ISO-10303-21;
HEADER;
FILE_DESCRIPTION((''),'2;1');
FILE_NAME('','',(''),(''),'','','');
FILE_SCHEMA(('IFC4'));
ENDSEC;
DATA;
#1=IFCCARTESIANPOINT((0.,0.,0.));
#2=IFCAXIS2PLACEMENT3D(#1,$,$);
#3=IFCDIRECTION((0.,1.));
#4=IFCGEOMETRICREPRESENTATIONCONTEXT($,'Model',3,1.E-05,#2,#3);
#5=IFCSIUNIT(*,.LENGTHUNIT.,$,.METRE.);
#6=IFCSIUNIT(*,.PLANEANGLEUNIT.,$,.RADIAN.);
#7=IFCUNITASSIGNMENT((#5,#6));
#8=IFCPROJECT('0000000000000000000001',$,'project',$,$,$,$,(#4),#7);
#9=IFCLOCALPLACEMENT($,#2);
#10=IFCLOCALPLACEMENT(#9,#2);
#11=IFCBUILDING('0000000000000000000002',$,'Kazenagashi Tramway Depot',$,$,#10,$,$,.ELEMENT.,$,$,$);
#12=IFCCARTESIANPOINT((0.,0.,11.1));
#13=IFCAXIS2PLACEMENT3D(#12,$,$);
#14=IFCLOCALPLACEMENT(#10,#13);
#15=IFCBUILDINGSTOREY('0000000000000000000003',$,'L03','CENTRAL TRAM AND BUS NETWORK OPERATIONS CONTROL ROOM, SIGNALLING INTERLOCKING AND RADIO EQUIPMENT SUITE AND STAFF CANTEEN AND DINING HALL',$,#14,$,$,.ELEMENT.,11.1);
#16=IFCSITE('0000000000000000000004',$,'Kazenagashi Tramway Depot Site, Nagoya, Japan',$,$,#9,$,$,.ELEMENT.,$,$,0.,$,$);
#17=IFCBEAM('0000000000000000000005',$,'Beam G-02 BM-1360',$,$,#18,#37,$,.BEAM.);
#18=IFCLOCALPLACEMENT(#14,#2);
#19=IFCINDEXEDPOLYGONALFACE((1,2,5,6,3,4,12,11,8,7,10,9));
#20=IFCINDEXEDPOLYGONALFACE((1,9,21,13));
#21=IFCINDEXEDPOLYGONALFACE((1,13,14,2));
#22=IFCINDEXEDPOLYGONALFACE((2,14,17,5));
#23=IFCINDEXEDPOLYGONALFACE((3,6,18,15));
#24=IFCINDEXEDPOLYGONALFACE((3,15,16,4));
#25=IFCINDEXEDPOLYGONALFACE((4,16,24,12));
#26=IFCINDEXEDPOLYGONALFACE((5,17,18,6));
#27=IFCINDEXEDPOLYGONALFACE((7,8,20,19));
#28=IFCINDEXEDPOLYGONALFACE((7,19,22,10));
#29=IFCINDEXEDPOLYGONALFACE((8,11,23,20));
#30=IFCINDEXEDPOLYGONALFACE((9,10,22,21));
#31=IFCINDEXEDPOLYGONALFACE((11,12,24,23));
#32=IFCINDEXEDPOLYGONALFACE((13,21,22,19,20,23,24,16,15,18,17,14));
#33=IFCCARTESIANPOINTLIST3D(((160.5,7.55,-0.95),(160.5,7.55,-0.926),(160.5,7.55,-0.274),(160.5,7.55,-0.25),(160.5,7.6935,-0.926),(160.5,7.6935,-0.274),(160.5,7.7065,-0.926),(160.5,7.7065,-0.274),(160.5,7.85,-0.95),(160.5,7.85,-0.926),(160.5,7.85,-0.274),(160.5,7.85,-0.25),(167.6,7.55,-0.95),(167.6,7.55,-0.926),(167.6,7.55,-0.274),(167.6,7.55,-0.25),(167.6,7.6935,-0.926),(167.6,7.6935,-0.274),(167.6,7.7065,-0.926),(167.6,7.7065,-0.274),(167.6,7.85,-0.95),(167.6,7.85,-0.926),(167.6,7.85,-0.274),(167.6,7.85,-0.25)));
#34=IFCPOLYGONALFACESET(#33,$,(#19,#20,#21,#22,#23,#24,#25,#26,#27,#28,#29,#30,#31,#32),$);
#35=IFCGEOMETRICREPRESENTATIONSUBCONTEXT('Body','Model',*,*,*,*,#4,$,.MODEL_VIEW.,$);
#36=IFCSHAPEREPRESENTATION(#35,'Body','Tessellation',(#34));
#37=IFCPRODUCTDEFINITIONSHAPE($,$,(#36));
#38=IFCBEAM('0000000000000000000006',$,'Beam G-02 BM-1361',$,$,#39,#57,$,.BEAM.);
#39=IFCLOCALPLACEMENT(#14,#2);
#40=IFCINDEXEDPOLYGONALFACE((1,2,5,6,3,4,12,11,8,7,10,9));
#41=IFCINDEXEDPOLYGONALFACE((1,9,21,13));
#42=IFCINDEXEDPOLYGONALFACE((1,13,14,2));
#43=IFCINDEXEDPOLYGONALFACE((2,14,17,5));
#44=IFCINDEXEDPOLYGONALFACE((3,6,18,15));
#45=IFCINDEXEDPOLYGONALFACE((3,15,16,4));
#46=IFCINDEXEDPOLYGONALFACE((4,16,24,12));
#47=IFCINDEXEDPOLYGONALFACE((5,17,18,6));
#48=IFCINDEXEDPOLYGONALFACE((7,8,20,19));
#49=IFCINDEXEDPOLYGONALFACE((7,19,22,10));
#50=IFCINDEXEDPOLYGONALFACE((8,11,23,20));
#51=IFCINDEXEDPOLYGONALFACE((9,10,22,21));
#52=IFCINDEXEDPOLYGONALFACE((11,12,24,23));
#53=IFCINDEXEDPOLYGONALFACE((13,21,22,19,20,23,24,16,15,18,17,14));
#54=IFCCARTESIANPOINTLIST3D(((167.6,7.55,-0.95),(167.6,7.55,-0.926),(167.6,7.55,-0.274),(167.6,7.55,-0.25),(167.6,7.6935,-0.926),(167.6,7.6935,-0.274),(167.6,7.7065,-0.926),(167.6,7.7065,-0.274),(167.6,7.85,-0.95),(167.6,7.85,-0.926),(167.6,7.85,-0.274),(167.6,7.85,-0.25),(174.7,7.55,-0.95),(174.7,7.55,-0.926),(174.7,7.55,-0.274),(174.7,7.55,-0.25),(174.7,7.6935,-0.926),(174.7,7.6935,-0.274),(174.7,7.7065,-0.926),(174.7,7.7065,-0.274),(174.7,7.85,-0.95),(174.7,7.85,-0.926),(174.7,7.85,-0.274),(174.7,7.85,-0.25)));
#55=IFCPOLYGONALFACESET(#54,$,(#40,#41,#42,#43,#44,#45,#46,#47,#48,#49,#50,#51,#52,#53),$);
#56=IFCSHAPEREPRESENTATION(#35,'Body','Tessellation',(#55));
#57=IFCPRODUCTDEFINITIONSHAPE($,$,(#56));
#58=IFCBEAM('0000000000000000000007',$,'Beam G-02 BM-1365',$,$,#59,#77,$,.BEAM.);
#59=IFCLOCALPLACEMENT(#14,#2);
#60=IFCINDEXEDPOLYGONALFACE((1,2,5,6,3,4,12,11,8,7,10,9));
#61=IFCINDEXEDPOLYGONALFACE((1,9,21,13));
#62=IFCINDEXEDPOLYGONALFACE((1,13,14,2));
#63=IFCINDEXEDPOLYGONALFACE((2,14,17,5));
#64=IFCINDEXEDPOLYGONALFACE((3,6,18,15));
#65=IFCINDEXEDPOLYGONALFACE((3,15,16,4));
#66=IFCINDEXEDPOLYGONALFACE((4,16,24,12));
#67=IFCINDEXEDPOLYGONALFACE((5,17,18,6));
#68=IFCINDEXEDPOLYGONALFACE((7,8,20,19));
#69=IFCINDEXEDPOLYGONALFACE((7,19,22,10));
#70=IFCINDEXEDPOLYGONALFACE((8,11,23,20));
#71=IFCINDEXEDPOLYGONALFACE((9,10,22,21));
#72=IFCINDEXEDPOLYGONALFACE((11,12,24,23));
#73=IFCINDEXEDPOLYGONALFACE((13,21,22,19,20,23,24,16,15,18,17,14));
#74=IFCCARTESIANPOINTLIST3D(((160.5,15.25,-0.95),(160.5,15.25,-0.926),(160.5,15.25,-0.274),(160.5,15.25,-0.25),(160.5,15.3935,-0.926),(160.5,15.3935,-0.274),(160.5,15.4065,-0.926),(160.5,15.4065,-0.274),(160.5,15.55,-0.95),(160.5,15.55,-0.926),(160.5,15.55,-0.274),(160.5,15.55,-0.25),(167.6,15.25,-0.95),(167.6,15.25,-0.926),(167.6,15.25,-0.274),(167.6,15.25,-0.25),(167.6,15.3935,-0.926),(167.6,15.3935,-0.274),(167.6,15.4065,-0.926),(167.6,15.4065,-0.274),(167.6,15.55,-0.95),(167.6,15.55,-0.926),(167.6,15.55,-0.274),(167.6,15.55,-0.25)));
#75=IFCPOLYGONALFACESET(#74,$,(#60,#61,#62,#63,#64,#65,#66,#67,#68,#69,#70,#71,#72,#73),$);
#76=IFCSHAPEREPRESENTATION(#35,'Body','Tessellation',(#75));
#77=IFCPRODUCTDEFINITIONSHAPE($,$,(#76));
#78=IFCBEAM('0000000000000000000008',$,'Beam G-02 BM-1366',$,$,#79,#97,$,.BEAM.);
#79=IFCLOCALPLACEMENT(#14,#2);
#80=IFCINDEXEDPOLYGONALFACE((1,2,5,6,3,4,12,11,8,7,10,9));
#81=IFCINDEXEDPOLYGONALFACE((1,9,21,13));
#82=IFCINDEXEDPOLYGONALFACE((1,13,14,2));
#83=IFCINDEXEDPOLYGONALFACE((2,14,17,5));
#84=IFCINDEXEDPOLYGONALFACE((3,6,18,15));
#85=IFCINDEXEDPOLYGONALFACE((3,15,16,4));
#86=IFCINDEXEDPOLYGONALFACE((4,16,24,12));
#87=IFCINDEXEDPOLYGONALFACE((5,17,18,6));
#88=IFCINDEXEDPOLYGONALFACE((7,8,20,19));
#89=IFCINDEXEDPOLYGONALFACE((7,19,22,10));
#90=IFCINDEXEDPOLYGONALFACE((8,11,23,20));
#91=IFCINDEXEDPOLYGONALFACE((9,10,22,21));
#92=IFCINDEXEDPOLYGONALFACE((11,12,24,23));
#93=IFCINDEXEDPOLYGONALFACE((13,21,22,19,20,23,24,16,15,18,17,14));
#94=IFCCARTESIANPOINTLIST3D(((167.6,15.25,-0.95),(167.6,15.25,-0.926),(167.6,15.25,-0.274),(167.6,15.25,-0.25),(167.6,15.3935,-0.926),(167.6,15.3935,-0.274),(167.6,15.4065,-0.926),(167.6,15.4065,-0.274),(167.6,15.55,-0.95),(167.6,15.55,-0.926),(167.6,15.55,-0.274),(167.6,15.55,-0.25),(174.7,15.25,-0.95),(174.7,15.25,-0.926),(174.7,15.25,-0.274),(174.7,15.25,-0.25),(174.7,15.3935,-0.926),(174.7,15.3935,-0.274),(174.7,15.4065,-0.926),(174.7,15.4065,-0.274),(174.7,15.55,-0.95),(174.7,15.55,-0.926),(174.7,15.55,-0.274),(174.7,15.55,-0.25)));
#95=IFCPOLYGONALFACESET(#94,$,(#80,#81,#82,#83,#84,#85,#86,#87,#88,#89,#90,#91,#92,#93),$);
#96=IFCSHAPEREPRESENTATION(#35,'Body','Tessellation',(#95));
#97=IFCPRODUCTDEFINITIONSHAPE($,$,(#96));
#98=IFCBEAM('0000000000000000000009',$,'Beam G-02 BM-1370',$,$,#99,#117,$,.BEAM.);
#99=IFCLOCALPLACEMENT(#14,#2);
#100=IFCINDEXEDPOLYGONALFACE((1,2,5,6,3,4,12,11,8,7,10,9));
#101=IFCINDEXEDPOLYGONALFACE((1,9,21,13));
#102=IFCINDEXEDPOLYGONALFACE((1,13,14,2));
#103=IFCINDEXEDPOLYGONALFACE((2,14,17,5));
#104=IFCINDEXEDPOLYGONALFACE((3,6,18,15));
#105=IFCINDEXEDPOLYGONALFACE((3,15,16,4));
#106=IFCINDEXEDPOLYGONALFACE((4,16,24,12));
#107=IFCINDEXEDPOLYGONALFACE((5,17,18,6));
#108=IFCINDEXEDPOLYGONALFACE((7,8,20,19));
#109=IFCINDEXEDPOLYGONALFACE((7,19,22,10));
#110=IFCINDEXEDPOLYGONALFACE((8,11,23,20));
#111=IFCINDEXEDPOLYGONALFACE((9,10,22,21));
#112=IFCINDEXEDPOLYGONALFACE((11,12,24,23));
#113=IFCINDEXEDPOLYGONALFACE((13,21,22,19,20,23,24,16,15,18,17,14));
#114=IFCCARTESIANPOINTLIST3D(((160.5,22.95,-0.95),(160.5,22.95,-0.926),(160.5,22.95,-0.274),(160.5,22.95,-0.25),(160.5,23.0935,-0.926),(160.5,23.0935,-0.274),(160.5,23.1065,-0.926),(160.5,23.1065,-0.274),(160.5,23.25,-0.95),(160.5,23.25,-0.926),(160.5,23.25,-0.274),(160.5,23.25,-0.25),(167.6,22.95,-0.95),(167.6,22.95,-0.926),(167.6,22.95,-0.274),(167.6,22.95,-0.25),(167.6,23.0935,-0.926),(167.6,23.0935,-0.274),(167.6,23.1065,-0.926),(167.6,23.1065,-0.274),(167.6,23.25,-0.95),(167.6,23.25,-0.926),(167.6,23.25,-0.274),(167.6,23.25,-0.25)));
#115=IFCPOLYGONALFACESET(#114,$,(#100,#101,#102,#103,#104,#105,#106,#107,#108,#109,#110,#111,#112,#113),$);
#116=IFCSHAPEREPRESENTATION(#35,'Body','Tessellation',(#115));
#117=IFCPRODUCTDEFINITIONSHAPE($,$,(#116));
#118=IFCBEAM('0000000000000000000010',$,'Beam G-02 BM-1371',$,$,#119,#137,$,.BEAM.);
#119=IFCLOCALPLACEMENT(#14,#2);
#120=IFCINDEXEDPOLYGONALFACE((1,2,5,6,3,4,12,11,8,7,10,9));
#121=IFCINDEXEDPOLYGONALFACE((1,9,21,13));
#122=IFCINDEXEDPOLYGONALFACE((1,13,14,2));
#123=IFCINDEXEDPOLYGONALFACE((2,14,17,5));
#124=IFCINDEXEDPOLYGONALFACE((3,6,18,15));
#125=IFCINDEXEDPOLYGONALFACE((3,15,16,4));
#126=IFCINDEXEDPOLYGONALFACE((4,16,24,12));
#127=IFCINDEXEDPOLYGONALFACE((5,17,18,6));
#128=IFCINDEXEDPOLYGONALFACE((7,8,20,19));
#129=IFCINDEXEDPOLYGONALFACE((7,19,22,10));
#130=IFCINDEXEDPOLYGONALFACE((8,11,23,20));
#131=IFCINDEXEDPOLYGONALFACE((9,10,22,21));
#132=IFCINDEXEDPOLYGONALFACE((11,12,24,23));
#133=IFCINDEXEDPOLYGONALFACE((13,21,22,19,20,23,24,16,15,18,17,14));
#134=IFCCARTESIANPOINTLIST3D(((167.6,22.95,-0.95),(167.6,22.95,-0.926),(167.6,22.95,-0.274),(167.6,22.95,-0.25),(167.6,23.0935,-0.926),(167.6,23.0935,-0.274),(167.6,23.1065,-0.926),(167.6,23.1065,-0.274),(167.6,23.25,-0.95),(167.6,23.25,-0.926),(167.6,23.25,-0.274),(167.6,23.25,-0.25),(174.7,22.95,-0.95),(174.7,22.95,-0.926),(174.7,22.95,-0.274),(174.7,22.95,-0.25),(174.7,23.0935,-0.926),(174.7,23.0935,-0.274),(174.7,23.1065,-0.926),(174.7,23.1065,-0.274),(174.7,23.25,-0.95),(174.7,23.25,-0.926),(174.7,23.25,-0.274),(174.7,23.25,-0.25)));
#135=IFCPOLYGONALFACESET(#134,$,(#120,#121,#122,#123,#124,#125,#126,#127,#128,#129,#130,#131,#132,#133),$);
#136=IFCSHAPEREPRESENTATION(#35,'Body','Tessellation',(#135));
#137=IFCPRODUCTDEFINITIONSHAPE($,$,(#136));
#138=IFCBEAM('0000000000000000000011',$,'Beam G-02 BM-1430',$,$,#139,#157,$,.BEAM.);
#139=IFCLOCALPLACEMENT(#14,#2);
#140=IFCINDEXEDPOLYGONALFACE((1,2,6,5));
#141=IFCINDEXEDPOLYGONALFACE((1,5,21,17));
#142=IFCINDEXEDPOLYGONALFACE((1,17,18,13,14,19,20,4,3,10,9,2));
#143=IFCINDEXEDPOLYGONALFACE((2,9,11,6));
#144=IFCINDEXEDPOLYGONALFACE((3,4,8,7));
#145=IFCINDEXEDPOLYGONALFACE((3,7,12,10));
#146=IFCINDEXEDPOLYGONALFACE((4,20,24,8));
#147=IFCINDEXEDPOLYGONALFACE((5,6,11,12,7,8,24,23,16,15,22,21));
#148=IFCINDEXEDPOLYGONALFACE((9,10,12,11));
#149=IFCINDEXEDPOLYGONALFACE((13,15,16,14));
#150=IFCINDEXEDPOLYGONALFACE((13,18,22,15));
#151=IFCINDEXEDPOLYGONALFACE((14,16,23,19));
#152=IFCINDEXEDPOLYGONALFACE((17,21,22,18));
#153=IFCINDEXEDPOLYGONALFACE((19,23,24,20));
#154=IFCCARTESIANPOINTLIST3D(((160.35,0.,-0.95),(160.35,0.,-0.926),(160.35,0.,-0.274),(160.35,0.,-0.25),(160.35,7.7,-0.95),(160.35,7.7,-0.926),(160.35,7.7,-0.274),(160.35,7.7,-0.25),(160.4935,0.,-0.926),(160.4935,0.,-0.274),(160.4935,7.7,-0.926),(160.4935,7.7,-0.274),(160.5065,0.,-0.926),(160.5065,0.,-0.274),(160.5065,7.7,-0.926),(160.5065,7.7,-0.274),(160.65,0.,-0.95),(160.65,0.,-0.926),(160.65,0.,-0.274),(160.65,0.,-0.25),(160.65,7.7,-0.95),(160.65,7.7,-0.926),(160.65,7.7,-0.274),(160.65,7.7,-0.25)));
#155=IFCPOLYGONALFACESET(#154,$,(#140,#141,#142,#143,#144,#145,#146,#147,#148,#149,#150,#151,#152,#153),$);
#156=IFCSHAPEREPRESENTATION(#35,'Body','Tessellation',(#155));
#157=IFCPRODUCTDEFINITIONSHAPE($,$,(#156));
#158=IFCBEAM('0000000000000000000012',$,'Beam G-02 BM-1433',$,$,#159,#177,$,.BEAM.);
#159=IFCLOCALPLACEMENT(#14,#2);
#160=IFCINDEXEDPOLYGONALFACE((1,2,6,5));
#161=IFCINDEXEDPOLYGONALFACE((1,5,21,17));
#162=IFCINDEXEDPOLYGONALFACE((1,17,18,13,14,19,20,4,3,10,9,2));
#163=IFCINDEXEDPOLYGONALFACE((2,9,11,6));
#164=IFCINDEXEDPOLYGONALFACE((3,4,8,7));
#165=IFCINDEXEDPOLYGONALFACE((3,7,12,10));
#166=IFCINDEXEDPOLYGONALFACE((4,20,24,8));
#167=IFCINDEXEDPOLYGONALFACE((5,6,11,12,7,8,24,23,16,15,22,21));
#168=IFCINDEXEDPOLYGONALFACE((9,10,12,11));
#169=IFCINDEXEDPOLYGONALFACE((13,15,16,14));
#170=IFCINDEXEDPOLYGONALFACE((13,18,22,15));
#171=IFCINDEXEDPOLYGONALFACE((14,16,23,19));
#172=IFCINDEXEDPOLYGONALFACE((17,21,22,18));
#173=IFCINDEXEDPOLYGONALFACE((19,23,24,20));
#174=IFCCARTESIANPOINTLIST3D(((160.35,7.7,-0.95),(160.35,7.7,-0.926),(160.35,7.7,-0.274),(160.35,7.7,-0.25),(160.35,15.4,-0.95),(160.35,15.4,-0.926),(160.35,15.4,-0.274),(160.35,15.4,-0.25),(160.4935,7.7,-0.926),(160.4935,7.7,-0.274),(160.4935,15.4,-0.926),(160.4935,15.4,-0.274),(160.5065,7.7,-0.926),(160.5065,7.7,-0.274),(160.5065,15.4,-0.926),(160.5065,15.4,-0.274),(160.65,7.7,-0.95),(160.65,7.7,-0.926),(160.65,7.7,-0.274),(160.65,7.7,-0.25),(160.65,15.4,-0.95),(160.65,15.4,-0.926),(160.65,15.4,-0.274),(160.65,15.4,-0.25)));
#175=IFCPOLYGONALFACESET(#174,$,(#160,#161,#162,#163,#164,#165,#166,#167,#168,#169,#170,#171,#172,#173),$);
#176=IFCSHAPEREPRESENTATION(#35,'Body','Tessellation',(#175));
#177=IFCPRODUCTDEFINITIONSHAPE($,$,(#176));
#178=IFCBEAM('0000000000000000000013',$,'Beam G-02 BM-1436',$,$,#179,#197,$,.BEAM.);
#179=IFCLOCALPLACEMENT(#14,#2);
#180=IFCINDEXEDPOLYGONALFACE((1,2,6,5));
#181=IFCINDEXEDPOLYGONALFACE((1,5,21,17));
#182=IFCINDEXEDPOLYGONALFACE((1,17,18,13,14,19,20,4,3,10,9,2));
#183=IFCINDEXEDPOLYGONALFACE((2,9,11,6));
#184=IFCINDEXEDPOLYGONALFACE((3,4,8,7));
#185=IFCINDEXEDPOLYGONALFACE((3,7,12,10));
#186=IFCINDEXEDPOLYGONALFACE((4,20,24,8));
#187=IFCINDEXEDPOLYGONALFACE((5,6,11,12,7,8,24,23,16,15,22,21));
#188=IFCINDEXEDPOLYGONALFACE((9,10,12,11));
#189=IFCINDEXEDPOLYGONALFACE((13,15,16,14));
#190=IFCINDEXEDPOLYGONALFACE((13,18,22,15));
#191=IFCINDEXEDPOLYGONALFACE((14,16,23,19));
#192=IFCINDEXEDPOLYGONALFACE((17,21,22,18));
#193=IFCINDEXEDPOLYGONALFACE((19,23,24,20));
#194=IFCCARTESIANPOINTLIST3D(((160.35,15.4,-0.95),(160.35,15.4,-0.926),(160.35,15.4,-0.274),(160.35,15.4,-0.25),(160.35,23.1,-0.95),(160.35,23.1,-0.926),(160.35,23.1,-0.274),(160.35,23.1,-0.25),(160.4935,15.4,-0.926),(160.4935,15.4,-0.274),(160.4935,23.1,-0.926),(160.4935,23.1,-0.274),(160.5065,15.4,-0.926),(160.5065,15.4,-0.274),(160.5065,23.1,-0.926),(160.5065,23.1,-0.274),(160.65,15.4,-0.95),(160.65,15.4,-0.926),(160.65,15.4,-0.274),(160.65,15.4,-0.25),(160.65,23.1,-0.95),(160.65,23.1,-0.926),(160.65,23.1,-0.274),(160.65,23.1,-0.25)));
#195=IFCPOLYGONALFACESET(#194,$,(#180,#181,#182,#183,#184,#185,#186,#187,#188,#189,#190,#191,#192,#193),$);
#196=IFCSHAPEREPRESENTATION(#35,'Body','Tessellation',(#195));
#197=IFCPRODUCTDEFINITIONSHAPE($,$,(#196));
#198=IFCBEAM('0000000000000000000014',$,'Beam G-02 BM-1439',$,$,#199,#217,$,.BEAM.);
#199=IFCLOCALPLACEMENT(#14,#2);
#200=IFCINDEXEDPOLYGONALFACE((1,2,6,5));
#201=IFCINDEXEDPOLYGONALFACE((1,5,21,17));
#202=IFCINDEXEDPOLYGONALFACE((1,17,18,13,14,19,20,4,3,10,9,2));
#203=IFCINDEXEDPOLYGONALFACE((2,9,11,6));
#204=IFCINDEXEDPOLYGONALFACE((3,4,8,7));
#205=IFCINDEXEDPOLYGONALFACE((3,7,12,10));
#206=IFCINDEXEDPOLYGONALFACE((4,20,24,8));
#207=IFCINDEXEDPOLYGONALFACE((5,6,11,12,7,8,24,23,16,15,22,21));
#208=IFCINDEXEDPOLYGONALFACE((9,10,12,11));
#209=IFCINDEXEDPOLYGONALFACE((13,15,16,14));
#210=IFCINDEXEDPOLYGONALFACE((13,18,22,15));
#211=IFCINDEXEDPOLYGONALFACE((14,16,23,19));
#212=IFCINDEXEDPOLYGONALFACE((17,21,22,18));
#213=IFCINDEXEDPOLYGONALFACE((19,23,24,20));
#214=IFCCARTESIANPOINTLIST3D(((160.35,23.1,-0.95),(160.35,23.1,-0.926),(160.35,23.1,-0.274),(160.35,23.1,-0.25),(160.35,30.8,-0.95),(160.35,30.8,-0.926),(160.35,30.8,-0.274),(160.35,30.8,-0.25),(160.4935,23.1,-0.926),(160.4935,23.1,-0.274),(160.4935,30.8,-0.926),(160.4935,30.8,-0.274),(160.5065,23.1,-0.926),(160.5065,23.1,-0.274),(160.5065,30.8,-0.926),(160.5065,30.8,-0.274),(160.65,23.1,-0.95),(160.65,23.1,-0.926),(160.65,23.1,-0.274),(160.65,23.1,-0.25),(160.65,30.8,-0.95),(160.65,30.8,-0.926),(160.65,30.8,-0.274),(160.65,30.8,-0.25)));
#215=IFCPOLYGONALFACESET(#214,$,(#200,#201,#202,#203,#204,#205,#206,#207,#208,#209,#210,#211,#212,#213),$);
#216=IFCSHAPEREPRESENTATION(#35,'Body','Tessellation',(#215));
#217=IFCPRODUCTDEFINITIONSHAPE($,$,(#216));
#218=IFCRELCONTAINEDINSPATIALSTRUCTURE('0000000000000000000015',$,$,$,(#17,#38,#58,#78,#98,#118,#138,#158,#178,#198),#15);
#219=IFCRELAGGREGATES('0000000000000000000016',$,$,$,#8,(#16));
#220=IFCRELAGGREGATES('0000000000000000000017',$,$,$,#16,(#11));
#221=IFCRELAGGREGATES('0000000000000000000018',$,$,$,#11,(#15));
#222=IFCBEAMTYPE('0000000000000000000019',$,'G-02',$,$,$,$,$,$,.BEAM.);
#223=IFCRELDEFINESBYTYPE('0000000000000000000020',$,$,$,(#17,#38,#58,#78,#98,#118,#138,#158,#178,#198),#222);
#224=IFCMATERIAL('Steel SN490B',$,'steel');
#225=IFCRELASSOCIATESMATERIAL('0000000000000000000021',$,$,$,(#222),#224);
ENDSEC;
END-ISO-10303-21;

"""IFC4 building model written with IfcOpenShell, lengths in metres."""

from ifc_helpers import new_model, si_unit, direction, frame, origin, origin_2d, place, context, subcontext, project, spatial, i_section, extrude, material, material_profile, profile_set, type_object, element, save


model = new_model("IFC4")

# Units and contexts
model_context = context("Model", 3, precision=1e-05, world=origin(), true_north=direction((0.0, 1.0)))
body_context = subcontext(model_context, "Body", "Model", "MODEL_VIEW")
ifc_project = project(units=[si_unit("LENGTHUNIT", "METRE"), si_unit("PLANEANGLEUNIT", "RADIAN")], contexts=[model_context])

# Site, building, storey
site_placement = place(None, origin())
site = spatial("IfcSite", under=ifc_project, at=site_placement, Name="Kazenagashi Tramway Depot Site, Nagoya, Japan", CompositionType="ELEMENT", RefElevation=0.0)
building_placement = place(site_placement, origin())
building = spatial("IfcBuilding", under=site, at=building_placement, Name="Kazenagashi Tramway Depot", CompositionType="ELEMENT")
storey_placement = place(building_placement, frame((0.0, 0.0, 11.1)))
storey = spatial("IfcBuildingStorey", under=building, at=storey_placement, Name="L03", Description="CENTRAL TRAM AND BUS NETWORK OPERATIONS CONTROL ROOM, SIGNALLING INTERLOCKING AND RADIO EQUIPMENT SUITE AND STAFF CANTEEN AND DINING HALL", CompositionType="ELEMENT", Elevation=11.1)

# Beams
ifc_material_1 = material(Name="Steel SN490B", Category="steel")
ifc_material_profile_1 = material_profile(ifc_material_1, i_section(OverallWidth=0.3, OverallDepth=0.7, WebThickness=0.013, FlangeThickness=0.024, at=origin_2d()), Name="H-700x300x13x24")
ifc_profile_set_1 = profile_set([ifc_material_profile_1], Name="Steel SN490B")
beam_type_1 = type_object("IfcBeamType", Name="G-02", PredefinedType="BEAM", material=ifc_profile_set_1)
for number, where, z_axis, x_axis, name in (
    (1, (160.5, 7.7, -0.6), (1.0, 0.0, 0.0), (0.0, 1.0, 0.0), "Beam G-02 BM-1360"),
    (2, (167.6, 7.7, -0.6), (1.0, 0.0, 0.0), (0.0, 1.0, 0.0), "Beam G-02 BM-1361"),
    (3, (160.5, 15.4, -0.6), (1.0, 0.0, 0.0), (0.0, 1.0, 0.0), "Beam G-02 BM-1365"),
    (4, (167.6, 15.4, -0.6), (1.0, 0.0, 0.0), (0.0, 1.0, 0.0), "Beam G-02 BM-1366"),
    (5, (160.5, 23.1, -0.6), (1.0, 0.0, 0.0), (0.0, 1.0, 0.0), "Beam G-02 BM-1370"),
    (6, (167.6, 23.1, -0.6), (1.0, 0.0, 0.0), (0.0, 1.0, 0.0), "Beam G-02 BM-1371"),
):
    element("IfcBeam", number, at=place(storey_placement, frame(where, z_axis=z_axis, x_axis=x_axis)), inside=storey, type_object=beam_type_1, Name=name, PredefinedType="BEAM", context=body_context, shape_type="SweptSolid", body=[
        extrude(i_section(OverallWidth=0.3, OverallDepth=0.7, WebThickness=0.013, FlangeThickness=0.024, at=origin_2d()), origin(), (0.0, 0.0, 1.0), 7.1),
    ])
for number, where, z_axis, x_axis, name in (
    (7, (160.5, 0.0, -0.6), (0.0, 1.0, 0.0), (-1.0, 0.0, 0.0), "Beam G-02 BM-1430"),
    (8, (160.5, 7.7, -0.6), (0.0, 1.0, 0.0), (-1.0, 0.0, 0.0), "Beam G-02 BM-1433"),
    (9, (160.5, 15.4, -0.6), (0.0, 1.0, 0.0), (-1.0, 0.0, 0.0), "Beam G-02 BM-1436"),
    (10, (160.5, 23.1, -0.6), (0.0, 1.0, 0.0), (-1.0, 0.0, 0.0), "Beam G-02 BM-1439"),
):
    element("IfcBeam", number, at=place(storey_placement, frame(where, z_axis=z_axis, x_axis=x_axis)), inside=storey, type_object=beam_type_1, Name=name, PredefinedType="BEAM", context=body_context, shape_type="SweptSolid", body=[
        extrude(i_section(OverallWidth=0.3, OverallDepth=0.7, WebThickness=0.013, FlangeThickness=0.024, at=origin_2d()), origin(), (0.0, 0.0, 1.0), 7.7),
    ])

save(model, "model.ifc")
